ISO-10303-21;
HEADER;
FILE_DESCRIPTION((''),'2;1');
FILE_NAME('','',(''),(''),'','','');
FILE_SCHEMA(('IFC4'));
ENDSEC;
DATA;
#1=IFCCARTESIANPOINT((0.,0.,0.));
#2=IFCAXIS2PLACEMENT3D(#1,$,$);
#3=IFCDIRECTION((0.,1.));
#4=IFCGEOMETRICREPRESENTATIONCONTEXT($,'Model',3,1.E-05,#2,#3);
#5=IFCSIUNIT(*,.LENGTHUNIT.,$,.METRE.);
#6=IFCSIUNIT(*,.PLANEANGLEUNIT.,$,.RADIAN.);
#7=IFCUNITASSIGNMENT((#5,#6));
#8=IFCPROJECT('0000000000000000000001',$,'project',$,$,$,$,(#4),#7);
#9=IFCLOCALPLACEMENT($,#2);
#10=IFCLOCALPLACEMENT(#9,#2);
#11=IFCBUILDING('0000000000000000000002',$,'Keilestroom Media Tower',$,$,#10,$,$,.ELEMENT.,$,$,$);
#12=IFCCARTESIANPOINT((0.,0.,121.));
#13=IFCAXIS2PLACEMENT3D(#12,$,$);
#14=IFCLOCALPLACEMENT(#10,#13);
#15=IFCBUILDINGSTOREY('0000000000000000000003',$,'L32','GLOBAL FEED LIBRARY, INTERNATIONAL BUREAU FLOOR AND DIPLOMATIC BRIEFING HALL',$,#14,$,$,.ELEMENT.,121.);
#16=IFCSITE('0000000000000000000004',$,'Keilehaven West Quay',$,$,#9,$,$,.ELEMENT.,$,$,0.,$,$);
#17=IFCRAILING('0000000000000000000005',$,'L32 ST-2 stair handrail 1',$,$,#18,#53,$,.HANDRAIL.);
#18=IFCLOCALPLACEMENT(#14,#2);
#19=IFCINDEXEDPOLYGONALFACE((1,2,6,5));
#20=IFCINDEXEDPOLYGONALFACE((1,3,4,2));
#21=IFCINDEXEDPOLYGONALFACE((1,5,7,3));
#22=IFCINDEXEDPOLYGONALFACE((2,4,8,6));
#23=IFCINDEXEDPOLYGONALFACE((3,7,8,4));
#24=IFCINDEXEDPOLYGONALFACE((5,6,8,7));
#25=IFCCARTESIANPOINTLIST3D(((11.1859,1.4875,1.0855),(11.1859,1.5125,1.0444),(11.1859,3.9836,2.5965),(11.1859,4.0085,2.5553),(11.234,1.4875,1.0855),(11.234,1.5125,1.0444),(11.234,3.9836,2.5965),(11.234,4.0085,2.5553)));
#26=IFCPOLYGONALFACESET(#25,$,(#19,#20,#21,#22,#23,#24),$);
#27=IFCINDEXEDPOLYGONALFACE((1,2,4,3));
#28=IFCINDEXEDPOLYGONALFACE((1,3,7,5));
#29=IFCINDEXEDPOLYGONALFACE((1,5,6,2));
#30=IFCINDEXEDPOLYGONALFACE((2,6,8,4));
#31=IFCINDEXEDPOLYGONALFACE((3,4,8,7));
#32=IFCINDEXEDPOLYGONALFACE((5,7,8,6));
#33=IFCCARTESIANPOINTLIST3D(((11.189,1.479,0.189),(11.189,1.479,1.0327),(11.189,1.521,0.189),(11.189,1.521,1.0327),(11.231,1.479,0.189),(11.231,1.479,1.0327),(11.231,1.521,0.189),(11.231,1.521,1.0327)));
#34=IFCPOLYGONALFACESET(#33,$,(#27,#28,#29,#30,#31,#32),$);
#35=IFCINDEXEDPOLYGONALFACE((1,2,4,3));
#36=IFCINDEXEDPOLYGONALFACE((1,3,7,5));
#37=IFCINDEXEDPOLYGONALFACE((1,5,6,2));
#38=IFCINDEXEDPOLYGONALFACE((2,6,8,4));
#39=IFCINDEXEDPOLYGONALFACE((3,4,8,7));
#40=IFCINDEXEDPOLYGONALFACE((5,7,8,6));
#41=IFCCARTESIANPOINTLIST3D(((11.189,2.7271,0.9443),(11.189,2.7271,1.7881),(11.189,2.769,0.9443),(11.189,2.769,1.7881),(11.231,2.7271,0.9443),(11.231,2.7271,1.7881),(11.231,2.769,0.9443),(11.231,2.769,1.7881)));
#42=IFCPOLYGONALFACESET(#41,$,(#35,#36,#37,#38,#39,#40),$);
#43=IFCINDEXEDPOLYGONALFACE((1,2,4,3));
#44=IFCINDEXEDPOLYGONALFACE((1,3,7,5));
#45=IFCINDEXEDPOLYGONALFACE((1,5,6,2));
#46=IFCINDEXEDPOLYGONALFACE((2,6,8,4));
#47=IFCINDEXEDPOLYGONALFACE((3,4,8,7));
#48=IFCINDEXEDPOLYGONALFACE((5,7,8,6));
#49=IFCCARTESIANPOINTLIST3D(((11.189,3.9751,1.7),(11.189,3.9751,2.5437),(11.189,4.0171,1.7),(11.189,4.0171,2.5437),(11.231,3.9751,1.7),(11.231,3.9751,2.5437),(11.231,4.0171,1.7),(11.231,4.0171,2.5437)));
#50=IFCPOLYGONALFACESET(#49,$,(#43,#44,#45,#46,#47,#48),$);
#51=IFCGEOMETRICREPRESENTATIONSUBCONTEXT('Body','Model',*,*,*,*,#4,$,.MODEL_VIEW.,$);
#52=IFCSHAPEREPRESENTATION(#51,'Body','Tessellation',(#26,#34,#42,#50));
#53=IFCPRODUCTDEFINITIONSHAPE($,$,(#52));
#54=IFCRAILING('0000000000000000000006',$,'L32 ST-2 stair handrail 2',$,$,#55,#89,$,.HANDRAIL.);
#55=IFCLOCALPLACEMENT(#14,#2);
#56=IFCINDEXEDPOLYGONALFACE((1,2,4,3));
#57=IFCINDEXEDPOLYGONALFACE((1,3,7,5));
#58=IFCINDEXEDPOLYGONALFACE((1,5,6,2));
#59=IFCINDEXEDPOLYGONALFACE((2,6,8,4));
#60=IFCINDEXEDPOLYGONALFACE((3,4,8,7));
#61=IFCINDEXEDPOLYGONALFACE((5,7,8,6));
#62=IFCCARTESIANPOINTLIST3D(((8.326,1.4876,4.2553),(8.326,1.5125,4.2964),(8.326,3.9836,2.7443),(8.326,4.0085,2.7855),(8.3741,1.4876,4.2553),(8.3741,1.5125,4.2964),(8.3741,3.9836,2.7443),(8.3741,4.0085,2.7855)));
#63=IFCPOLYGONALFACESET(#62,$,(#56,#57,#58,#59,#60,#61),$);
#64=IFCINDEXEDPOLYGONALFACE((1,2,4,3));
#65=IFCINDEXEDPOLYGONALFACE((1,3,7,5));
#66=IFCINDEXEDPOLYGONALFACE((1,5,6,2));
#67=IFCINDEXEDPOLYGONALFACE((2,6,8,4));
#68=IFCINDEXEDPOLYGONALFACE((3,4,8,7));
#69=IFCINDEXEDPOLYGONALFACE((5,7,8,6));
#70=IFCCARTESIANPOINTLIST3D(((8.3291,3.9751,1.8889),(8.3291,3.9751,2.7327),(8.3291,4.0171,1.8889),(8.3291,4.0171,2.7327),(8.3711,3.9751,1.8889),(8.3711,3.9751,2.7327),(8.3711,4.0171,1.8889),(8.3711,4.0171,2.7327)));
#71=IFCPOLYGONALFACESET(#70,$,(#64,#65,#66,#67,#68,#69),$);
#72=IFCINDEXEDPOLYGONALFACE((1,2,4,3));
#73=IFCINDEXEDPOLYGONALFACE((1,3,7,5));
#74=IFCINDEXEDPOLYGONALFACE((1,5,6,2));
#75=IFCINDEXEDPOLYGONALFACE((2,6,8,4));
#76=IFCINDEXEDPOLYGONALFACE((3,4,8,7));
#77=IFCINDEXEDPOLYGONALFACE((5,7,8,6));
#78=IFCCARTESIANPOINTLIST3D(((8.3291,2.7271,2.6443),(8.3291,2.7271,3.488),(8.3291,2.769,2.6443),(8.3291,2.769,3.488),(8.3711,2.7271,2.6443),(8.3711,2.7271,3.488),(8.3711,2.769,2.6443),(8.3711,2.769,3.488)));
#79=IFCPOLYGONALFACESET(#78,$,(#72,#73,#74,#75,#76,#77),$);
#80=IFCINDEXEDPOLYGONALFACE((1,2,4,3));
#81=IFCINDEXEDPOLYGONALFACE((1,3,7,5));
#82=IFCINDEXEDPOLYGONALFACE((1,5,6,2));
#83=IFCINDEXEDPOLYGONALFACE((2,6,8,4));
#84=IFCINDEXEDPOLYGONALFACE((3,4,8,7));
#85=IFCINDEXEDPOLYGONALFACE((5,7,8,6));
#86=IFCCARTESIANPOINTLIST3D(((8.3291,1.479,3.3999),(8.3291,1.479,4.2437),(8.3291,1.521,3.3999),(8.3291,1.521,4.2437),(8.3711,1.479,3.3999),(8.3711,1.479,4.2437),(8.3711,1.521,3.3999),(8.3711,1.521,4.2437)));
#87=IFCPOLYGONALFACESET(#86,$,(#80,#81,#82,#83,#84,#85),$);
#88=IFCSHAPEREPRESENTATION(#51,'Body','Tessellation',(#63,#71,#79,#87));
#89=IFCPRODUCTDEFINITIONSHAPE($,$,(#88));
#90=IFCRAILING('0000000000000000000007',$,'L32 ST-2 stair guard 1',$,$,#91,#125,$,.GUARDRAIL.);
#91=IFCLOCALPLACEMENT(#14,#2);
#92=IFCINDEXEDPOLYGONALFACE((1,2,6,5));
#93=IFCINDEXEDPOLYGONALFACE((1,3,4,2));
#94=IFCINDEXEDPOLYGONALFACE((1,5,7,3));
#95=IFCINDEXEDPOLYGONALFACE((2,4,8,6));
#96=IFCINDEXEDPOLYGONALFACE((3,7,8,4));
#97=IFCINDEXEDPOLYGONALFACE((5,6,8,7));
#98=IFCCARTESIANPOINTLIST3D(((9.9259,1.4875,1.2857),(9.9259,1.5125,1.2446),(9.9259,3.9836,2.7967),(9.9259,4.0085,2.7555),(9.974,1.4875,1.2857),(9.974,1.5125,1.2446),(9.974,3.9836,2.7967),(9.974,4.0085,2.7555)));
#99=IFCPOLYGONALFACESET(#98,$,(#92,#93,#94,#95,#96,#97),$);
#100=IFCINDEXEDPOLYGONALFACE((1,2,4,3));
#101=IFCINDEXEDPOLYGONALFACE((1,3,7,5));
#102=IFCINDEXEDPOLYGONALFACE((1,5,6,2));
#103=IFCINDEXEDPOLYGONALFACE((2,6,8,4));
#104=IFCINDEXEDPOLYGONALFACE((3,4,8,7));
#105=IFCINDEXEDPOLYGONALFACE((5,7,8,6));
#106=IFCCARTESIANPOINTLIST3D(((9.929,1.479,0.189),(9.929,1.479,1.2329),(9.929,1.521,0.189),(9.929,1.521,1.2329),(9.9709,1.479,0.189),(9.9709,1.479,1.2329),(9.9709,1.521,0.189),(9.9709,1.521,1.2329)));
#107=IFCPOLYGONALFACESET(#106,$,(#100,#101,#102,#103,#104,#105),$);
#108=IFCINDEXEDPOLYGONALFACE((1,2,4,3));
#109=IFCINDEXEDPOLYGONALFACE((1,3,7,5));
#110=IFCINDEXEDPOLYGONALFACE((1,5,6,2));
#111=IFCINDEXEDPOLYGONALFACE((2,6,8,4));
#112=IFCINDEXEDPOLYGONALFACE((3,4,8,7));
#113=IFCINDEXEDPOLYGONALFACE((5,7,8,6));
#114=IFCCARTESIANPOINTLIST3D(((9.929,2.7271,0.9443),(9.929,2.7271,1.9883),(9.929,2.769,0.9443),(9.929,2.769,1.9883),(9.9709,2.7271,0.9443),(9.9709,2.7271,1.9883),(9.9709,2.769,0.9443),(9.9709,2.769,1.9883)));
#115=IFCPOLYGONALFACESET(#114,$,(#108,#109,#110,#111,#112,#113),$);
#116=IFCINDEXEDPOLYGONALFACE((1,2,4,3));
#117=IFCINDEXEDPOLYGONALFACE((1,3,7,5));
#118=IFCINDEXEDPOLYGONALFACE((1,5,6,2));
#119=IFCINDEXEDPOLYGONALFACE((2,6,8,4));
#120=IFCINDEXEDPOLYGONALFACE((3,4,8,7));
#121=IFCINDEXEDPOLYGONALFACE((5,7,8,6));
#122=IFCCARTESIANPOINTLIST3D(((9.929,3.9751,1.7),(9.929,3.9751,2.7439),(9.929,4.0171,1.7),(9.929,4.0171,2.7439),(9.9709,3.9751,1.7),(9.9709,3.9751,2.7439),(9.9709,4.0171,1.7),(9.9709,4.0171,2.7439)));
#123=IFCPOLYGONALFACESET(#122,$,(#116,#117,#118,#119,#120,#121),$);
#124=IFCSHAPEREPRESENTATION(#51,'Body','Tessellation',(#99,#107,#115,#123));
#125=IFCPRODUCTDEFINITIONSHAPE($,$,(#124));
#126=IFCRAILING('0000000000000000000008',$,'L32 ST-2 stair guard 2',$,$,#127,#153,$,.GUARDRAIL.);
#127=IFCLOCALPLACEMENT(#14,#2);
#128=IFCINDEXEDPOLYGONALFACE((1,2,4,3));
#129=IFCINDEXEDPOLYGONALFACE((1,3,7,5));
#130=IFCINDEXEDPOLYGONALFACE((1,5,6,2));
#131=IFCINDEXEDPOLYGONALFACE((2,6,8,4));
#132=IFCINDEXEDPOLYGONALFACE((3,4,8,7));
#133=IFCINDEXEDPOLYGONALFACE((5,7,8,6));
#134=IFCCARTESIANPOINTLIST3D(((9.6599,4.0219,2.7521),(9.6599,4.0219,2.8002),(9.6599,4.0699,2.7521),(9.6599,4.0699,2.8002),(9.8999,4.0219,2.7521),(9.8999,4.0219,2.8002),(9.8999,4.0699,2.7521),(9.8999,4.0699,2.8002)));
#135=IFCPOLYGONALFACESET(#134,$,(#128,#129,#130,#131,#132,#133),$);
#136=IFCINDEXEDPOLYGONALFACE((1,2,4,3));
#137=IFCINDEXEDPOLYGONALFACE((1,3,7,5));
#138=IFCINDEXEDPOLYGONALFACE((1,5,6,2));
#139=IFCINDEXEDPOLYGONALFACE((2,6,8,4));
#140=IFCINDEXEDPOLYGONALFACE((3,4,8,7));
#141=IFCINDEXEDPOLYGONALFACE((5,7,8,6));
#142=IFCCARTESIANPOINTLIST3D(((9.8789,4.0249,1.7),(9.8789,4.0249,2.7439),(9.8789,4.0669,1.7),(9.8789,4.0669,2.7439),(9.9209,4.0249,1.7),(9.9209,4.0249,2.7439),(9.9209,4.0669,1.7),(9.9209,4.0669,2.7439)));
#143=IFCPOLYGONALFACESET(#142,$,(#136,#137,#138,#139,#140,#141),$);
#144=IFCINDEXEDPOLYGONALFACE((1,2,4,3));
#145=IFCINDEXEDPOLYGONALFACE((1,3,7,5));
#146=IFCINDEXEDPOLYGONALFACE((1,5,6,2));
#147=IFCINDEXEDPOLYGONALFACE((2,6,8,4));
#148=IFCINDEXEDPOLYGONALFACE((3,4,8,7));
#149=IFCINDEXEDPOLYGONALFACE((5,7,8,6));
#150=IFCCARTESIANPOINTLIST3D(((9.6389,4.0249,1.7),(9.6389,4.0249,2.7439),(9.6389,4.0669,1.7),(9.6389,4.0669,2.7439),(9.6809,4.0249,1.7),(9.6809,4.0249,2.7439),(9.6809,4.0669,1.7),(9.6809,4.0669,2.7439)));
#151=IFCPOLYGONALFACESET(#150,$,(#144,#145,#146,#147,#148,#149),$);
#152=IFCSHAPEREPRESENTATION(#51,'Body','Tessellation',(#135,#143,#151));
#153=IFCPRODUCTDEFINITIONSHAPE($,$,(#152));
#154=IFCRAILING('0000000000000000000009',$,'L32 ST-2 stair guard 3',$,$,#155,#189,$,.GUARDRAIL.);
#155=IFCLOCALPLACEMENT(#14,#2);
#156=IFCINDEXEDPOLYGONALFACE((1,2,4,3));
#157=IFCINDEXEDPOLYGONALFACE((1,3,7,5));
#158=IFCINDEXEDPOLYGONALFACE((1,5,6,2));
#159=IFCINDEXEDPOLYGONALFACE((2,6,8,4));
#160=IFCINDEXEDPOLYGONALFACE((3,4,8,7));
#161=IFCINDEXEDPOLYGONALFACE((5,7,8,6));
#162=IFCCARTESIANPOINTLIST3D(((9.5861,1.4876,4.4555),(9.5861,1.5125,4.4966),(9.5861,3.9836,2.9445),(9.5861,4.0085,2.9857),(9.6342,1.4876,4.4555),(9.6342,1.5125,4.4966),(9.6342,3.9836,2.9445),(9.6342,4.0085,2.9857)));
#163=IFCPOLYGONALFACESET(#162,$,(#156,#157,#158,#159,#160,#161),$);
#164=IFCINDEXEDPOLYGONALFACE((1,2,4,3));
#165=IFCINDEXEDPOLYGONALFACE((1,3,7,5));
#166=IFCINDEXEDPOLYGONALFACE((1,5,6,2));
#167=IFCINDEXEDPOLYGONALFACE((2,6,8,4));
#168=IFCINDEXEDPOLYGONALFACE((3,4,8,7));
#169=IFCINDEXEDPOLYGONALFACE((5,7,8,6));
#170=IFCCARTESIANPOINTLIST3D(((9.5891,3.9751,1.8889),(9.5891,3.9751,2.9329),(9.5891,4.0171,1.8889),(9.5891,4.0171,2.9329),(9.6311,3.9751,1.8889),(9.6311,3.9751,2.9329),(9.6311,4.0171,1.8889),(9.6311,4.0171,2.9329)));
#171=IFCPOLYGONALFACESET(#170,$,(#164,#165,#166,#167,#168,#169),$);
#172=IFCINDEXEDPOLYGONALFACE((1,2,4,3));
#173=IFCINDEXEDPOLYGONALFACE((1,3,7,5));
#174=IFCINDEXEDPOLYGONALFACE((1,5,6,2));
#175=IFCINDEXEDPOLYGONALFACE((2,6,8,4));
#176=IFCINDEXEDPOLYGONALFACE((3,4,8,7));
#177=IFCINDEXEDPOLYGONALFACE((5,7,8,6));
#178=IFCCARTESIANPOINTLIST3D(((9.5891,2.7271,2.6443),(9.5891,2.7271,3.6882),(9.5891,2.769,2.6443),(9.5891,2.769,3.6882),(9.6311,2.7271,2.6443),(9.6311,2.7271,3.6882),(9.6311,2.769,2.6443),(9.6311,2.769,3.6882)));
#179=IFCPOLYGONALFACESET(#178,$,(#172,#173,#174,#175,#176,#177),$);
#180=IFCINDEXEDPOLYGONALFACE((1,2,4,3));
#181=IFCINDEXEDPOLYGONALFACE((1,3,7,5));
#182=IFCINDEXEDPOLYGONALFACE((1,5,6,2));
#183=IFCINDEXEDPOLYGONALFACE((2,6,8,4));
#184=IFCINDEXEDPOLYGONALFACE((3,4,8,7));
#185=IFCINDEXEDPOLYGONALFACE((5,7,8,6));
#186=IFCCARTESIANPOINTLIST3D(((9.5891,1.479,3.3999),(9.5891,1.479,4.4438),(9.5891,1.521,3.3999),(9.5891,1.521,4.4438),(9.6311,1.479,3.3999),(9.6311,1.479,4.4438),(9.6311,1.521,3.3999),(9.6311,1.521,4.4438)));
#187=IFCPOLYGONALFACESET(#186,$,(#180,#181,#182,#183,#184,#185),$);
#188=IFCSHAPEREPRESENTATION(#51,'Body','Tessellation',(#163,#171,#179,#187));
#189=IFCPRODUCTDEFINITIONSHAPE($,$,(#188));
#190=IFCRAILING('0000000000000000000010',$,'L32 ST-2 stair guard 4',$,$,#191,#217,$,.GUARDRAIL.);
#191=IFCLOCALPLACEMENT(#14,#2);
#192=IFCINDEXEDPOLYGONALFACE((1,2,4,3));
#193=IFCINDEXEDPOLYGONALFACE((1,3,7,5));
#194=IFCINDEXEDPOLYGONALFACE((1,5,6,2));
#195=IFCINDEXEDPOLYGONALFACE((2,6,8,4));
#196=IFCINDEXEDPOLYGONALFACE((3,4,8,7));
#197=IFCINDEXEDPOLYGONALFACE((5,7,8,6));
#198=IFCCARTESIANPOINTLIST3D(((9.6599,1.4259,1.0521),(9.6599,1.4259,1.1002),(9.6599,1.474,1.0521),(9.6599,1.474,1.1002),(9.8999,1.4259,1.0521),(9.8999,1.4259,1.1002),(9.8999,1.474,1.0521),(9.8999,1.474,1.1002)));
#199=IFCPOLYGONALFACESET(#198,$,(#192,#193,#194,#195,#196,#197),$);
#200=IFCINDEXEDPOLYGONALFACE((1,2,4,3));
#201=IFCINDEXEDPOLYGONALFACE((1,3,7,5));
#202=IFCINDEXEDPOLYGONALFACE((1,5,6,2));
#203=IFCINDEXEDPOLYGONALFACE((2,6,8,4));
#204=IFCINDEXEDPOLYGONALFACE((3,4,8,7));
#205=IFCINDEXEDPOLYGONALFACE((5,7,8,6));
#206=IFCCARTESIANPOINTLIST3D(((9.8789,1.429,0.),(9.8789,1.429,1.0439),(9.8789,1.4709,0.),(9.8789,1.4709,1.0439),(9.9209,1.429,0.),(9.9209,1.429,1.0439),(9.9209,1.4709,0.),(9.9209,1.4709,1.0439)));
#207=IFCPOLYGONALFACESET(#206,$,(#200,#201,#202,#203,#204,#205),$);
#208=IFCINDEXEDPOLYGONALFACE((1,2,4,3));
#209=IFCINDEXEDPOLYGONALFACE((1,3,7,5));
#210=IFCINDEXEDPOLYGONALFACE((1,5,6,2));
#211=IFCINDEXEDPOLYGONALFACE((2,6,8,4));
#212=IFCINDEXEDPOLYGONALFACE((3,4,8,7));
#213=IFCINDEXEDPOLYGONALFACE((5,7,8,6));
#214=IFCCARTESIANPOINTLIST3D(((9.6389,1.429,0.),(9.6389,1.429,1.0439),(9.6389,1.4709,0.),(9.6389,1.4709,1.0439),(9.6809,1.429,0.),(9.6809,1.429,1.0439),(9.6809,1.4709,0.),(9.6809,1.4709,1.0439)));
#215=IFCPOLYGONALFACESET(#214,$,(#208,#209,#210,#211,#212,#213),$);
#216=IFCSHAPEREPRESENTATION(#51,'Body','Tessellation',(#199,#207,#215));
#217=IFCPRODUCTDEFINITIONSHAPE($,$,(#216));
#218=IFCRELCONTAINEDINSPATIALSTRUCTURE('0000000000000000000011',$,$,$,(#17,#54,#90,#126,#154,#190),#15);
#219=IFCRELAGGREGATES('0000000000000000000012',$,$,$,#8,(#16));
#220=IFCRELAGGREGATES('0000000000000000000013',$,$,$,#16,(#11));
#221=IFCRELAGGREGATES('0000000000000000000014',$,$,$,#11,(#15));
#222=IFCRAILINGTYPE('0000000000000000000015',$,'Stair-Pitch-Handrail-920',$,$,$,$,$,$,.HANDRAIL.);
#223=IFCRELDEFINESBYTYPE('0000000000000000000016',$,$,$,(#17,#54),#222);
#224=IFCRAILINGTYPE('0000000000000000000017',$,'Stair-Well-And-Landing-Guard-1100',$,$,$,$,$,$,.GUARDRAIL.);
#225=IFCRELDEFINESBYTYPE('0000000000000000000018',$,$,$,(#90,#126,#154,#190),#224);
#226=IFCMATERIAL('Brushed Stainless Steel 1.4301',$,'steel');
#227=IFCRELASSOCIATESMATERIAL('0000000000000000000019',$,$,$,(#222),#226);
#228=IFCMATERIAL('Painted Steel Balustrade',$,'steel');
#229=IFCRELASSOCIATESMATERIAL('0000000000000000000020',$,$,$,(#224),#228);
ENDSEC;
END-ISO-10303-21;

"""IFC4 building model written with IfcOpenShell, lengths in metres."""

from ifc_helpers import new_model, si_unit, direction, frame, origin, origin_2d, place, context, subcontext, project, spatial, rectangle, extrude, material, type_object, element, save


model = new_model("IFC4")

# Units and contexts
model_context = context("Model", 3, precision=1e-05, world=origin(), true_north=direction((0.0, 1.0)))
body_context = subcontext(model_context, "Body", "Model", "MODEL_VIEW")
ifc_project = project(units=[si_unit("LENGTHUNIT", "METRE"), si_unit("PLANEANGLEUNIT", "RADIAN")], contexts=[model_context])

# Site, building, storey
site_placement = place(None, origin())
site = spatial("IfcSite", under=ifc_project, at=site_placement, Name="Keilehaven West Quay", CompositionType="ELEMENT", RefElevation=0.0)
building_placement = place(site_placement, origin())
building = spatial("IfcBuilding", under=site, at=building_placement, Name="Keilestroom Media Tower", CompositionType="ELEMENT")
storey_placement = place(building_placement, frame((0.0, 0.0, 121.0)))
storey = spatial("IfcBuildingStorey", under=building, at=storey_placement, Name="L32", Description="GLOBAL FEED LIBRARY, INTERNATIONAL BUREAU FLOOR AND DIPLOMATIC BRIEFING HALL", CompositionType="ELEMENT", Elevation=121.0)

# Railings
ifc_material_1 = material(Name="Brushed Stainless Steel 1.4301", Category="steel")
railing_type_1 = type_object("IfcRailingType", Name="Stair-Pitch-Handrail-920", PredefinedType="HANDRAIL", material=ifc_material_1)
railing_1_placement = place(storey_placement, frame((11.21, 1.5, 0.189)))
element("IfcRailing", 1, at=railing_1_placement, inside=storey, type_object=railing_type_1, Name="L32 ST-2 stair handrail 1", PredefinedType="HANDRAIL", context=body_context, shape_type="SweptSolid", body=[
    extrude(rectangle(XDim=0.0481, YDim=0.0481, at=origin_2d()), frame((0.0, 0.0, 0.876), z_axis=(0.0, 0.855471, 0.517851), x_axis=(-1.0, 0.0, 0.0)), (0.0, 0.0, 1.0), 2.9177),
    extrude(rectangle(XDim=0.042, YDim=0.042, at=origin_2d()), origin(), (0.0, 0.0, 1.0), 0.8438),
    extrude(rectangle(XDim=0.042, YDim=0.042, at=origin_2d()), frame((0.0, 1.248, 0.7554)), (0.0, 0.0, 1.0), 0.8438),
    extrude(rectangle(XDim=0.042, YDim=0.042, at=origin_2d()), frame((0.0, 2.4961, 1.511)), (0.0, 0.0, 1.0), 0.8438),
])
railing_2_placement = place(storey_placement, frame((8.3501, 3.9961, 1.8889)))
element("IfcRailing", 2, at=railing_2_placement, inside=storey, type_object=railing_type_1, Name="L32 ST-2 stair handrail 2", PredefinedType="HANDRAIL", context=body_context, shape_type="SweptSolid", body=[
    extrude(rectangle(XDim=0.0481, YDim=0.0481, at=origin_2d()), frame((0.0, 0.0, 0.876), z_axis=(0.0, -0.855471, 0.517851), x_axis=(1.0, 0.0, 0.0)), (0.0, 0.0, 1.0), 2.9177),
    extrude(rectangle(XDim=0.042, YDim=0.042, at=origin_2d()), origin(), (0.0, 0.0, 1.0), 0.8438),
    extrude(rectangle(XDim=0.042, YDim=0.042, at=origin_2d()), frame((0.0, -1.248, 0.7554)), (0.0, 0.0, 1.0), 0.8438),
    extrude(rectangle(XDim=0.042, YDim=0.042, at=origin_2d()), frame((0.0, -2.4961, 1.511)), (0.0, 0.0, 1.0), 0.8438),
])
ifc_material_2 = material(Name="Painted Steel Balustrade", Category="steel")
railing_type_2 = type_object("IfcRailingType", Name="Stair-Well-And-Landing-Guard-1100", PredefinedType="GUARDRAIL", material=ifc_material_2)
railing_3_placement = place(storey_placement, frame((9.95, 1.5, 0.189)))
element("IfcRailing", 3, at=railing_3_placement, inside=storey, type_object=railing_type_2, Name="L32 ST-2 stair guard 1", PredefinedType="GUARDRAIL", context=body_context, shape_type="SweptSolid", body=[
    extrude(rectangle(XDim=0.0481, YDim=0.0481, at=origin_2d()), frame((0.0, 0.0, 1.0762), z_axis=(0.0, 0.855471, 0.517851), x_axis=(-1.0, 0.0, 0.0)), (0.0, 0.0, 1.0), 2.9177),
    extrude(rectangle(XDim=0.042, YDim=0.042, at=origin_2d()), origin(), (0.0, 0.0, 1.0), 1.0439),
    extrude(rectangle(XDim=0.042, YDim=0.042, at=origin_2d()), frame((0.0, 1.248, 0.7554)), (0.0, 0.0, 1.0), 1.0439),
    extrude(rectangle(XDim=0.042, YDim=0.042, at=origin_2d()), frame((0.0, 2.4961, 1.511)), (0.0, 0.0, 1.0), 1.0439),
])
railing_4_placement = place(storey_placement, frame((9.8999, 4.0459, 1.7)))
element("IfcRailing", 4, at=railing_4_placement, inside=storey, type_object=railing_type_2, Name="L32 ST-2 stair guard 2", PredefinedType="GUARDRAIL", context=body_context, shape_type="SweptSolid", body=[
    extrude(rectangle(XDim=0.0481, YDim=0.0481, at=origin_2d()), frame((0.0, 0.0, 1.0762), z_axis=(-1.0, 0.0, 0.0), x_axis=(0.0, -1.0, 0.0)), (0.0, 0.0, 1.0), 0.24),
    extrude(rectangle(XDim=0.042, YDim=0.042, at=origin_2d()), origin(), (0.0, 0.0, 1.0), 1.0439),
    extrude(rectangle(XDim=0.042, YDim=0.042, at=origin_2d()), frame((-0.24, 0.0, 0.0)), (0.0, 0.0, 1.0), 1.0439),
])
railing_5_placement = place(storey_placement, frame((9.6101, 3.9961, 1.8889)))
element("IfcRailing", 5, at=railing_5_placement, inside=storey, type_object=railing_type_2, Name="L32 ST-2 stair guard 3", PredefinedType="GUARDRAIL", context=body_context, shape_type="SweptSolid", body=[
    extrude(rectangle(XDim=0.0481, YDim=0.0481, at=origin_2d()), frame((0.0, 0.0, 1.0762), z_axis=(0.0, -0.855471, 0.517851), x_axis=(1.0, 0.0, 0.0)), (0.0, 0.0, 1.0), 2.9177),
    extrude(rectangle(XDim=0.042, YDim=0.042, at=origin_2d()), origin(), (0.0, 0.0, 1.0), 1.0439),
    extrude(rectangle(XDim=0.042, YDim=0.042, at=origin_2d()), frame((0.0, -1.248, 0.7554)), (0.0, 0.0, 1.0), 1.0439),
    extrude(rectangle(XDim=0.042, YDim=0.042, at=origin_2d()), frame((0.0, -2.4961, 1.511)), (0.0, 0.0, 1.0), 1.0439),
])
railing_6_placement = place(storey_placement, frame((9.8999, 1.45, 0.0)))
element("IfcRailing", 6, at=railing_6_placement, inside=storey, type_object=railing_type_2, Name="L32 ST-2 stair guard 4", PredefinedType="GUARDRAIL", context=body_context, shape_type="SweptSolid", body=[
    extrude(rectangle(XDim=0.0481, YDim=0.0481, at=origin_2d()), frame((0.0, 0.0, 1.0762), z_axis=(-1.0, 0.0, 0.0), x_axis=(0.0, -1.0, 0.0)), (0.0, 0.0, 1.0), 0.24),
    extrude(rectangle(XDim=0.042, YDim=0.042, at=origin_2d()), origin(), (0.0, 0.0, 1.0), 1.0439),
    extrude(rectangle(XDim=0.042, YDim=0.042, at=origin_2d()), frame((-0.24, 0.0, 0.0)), (0.0, 0.0, 1.0), 1.0439),
])

save(model, "model.ifc")
